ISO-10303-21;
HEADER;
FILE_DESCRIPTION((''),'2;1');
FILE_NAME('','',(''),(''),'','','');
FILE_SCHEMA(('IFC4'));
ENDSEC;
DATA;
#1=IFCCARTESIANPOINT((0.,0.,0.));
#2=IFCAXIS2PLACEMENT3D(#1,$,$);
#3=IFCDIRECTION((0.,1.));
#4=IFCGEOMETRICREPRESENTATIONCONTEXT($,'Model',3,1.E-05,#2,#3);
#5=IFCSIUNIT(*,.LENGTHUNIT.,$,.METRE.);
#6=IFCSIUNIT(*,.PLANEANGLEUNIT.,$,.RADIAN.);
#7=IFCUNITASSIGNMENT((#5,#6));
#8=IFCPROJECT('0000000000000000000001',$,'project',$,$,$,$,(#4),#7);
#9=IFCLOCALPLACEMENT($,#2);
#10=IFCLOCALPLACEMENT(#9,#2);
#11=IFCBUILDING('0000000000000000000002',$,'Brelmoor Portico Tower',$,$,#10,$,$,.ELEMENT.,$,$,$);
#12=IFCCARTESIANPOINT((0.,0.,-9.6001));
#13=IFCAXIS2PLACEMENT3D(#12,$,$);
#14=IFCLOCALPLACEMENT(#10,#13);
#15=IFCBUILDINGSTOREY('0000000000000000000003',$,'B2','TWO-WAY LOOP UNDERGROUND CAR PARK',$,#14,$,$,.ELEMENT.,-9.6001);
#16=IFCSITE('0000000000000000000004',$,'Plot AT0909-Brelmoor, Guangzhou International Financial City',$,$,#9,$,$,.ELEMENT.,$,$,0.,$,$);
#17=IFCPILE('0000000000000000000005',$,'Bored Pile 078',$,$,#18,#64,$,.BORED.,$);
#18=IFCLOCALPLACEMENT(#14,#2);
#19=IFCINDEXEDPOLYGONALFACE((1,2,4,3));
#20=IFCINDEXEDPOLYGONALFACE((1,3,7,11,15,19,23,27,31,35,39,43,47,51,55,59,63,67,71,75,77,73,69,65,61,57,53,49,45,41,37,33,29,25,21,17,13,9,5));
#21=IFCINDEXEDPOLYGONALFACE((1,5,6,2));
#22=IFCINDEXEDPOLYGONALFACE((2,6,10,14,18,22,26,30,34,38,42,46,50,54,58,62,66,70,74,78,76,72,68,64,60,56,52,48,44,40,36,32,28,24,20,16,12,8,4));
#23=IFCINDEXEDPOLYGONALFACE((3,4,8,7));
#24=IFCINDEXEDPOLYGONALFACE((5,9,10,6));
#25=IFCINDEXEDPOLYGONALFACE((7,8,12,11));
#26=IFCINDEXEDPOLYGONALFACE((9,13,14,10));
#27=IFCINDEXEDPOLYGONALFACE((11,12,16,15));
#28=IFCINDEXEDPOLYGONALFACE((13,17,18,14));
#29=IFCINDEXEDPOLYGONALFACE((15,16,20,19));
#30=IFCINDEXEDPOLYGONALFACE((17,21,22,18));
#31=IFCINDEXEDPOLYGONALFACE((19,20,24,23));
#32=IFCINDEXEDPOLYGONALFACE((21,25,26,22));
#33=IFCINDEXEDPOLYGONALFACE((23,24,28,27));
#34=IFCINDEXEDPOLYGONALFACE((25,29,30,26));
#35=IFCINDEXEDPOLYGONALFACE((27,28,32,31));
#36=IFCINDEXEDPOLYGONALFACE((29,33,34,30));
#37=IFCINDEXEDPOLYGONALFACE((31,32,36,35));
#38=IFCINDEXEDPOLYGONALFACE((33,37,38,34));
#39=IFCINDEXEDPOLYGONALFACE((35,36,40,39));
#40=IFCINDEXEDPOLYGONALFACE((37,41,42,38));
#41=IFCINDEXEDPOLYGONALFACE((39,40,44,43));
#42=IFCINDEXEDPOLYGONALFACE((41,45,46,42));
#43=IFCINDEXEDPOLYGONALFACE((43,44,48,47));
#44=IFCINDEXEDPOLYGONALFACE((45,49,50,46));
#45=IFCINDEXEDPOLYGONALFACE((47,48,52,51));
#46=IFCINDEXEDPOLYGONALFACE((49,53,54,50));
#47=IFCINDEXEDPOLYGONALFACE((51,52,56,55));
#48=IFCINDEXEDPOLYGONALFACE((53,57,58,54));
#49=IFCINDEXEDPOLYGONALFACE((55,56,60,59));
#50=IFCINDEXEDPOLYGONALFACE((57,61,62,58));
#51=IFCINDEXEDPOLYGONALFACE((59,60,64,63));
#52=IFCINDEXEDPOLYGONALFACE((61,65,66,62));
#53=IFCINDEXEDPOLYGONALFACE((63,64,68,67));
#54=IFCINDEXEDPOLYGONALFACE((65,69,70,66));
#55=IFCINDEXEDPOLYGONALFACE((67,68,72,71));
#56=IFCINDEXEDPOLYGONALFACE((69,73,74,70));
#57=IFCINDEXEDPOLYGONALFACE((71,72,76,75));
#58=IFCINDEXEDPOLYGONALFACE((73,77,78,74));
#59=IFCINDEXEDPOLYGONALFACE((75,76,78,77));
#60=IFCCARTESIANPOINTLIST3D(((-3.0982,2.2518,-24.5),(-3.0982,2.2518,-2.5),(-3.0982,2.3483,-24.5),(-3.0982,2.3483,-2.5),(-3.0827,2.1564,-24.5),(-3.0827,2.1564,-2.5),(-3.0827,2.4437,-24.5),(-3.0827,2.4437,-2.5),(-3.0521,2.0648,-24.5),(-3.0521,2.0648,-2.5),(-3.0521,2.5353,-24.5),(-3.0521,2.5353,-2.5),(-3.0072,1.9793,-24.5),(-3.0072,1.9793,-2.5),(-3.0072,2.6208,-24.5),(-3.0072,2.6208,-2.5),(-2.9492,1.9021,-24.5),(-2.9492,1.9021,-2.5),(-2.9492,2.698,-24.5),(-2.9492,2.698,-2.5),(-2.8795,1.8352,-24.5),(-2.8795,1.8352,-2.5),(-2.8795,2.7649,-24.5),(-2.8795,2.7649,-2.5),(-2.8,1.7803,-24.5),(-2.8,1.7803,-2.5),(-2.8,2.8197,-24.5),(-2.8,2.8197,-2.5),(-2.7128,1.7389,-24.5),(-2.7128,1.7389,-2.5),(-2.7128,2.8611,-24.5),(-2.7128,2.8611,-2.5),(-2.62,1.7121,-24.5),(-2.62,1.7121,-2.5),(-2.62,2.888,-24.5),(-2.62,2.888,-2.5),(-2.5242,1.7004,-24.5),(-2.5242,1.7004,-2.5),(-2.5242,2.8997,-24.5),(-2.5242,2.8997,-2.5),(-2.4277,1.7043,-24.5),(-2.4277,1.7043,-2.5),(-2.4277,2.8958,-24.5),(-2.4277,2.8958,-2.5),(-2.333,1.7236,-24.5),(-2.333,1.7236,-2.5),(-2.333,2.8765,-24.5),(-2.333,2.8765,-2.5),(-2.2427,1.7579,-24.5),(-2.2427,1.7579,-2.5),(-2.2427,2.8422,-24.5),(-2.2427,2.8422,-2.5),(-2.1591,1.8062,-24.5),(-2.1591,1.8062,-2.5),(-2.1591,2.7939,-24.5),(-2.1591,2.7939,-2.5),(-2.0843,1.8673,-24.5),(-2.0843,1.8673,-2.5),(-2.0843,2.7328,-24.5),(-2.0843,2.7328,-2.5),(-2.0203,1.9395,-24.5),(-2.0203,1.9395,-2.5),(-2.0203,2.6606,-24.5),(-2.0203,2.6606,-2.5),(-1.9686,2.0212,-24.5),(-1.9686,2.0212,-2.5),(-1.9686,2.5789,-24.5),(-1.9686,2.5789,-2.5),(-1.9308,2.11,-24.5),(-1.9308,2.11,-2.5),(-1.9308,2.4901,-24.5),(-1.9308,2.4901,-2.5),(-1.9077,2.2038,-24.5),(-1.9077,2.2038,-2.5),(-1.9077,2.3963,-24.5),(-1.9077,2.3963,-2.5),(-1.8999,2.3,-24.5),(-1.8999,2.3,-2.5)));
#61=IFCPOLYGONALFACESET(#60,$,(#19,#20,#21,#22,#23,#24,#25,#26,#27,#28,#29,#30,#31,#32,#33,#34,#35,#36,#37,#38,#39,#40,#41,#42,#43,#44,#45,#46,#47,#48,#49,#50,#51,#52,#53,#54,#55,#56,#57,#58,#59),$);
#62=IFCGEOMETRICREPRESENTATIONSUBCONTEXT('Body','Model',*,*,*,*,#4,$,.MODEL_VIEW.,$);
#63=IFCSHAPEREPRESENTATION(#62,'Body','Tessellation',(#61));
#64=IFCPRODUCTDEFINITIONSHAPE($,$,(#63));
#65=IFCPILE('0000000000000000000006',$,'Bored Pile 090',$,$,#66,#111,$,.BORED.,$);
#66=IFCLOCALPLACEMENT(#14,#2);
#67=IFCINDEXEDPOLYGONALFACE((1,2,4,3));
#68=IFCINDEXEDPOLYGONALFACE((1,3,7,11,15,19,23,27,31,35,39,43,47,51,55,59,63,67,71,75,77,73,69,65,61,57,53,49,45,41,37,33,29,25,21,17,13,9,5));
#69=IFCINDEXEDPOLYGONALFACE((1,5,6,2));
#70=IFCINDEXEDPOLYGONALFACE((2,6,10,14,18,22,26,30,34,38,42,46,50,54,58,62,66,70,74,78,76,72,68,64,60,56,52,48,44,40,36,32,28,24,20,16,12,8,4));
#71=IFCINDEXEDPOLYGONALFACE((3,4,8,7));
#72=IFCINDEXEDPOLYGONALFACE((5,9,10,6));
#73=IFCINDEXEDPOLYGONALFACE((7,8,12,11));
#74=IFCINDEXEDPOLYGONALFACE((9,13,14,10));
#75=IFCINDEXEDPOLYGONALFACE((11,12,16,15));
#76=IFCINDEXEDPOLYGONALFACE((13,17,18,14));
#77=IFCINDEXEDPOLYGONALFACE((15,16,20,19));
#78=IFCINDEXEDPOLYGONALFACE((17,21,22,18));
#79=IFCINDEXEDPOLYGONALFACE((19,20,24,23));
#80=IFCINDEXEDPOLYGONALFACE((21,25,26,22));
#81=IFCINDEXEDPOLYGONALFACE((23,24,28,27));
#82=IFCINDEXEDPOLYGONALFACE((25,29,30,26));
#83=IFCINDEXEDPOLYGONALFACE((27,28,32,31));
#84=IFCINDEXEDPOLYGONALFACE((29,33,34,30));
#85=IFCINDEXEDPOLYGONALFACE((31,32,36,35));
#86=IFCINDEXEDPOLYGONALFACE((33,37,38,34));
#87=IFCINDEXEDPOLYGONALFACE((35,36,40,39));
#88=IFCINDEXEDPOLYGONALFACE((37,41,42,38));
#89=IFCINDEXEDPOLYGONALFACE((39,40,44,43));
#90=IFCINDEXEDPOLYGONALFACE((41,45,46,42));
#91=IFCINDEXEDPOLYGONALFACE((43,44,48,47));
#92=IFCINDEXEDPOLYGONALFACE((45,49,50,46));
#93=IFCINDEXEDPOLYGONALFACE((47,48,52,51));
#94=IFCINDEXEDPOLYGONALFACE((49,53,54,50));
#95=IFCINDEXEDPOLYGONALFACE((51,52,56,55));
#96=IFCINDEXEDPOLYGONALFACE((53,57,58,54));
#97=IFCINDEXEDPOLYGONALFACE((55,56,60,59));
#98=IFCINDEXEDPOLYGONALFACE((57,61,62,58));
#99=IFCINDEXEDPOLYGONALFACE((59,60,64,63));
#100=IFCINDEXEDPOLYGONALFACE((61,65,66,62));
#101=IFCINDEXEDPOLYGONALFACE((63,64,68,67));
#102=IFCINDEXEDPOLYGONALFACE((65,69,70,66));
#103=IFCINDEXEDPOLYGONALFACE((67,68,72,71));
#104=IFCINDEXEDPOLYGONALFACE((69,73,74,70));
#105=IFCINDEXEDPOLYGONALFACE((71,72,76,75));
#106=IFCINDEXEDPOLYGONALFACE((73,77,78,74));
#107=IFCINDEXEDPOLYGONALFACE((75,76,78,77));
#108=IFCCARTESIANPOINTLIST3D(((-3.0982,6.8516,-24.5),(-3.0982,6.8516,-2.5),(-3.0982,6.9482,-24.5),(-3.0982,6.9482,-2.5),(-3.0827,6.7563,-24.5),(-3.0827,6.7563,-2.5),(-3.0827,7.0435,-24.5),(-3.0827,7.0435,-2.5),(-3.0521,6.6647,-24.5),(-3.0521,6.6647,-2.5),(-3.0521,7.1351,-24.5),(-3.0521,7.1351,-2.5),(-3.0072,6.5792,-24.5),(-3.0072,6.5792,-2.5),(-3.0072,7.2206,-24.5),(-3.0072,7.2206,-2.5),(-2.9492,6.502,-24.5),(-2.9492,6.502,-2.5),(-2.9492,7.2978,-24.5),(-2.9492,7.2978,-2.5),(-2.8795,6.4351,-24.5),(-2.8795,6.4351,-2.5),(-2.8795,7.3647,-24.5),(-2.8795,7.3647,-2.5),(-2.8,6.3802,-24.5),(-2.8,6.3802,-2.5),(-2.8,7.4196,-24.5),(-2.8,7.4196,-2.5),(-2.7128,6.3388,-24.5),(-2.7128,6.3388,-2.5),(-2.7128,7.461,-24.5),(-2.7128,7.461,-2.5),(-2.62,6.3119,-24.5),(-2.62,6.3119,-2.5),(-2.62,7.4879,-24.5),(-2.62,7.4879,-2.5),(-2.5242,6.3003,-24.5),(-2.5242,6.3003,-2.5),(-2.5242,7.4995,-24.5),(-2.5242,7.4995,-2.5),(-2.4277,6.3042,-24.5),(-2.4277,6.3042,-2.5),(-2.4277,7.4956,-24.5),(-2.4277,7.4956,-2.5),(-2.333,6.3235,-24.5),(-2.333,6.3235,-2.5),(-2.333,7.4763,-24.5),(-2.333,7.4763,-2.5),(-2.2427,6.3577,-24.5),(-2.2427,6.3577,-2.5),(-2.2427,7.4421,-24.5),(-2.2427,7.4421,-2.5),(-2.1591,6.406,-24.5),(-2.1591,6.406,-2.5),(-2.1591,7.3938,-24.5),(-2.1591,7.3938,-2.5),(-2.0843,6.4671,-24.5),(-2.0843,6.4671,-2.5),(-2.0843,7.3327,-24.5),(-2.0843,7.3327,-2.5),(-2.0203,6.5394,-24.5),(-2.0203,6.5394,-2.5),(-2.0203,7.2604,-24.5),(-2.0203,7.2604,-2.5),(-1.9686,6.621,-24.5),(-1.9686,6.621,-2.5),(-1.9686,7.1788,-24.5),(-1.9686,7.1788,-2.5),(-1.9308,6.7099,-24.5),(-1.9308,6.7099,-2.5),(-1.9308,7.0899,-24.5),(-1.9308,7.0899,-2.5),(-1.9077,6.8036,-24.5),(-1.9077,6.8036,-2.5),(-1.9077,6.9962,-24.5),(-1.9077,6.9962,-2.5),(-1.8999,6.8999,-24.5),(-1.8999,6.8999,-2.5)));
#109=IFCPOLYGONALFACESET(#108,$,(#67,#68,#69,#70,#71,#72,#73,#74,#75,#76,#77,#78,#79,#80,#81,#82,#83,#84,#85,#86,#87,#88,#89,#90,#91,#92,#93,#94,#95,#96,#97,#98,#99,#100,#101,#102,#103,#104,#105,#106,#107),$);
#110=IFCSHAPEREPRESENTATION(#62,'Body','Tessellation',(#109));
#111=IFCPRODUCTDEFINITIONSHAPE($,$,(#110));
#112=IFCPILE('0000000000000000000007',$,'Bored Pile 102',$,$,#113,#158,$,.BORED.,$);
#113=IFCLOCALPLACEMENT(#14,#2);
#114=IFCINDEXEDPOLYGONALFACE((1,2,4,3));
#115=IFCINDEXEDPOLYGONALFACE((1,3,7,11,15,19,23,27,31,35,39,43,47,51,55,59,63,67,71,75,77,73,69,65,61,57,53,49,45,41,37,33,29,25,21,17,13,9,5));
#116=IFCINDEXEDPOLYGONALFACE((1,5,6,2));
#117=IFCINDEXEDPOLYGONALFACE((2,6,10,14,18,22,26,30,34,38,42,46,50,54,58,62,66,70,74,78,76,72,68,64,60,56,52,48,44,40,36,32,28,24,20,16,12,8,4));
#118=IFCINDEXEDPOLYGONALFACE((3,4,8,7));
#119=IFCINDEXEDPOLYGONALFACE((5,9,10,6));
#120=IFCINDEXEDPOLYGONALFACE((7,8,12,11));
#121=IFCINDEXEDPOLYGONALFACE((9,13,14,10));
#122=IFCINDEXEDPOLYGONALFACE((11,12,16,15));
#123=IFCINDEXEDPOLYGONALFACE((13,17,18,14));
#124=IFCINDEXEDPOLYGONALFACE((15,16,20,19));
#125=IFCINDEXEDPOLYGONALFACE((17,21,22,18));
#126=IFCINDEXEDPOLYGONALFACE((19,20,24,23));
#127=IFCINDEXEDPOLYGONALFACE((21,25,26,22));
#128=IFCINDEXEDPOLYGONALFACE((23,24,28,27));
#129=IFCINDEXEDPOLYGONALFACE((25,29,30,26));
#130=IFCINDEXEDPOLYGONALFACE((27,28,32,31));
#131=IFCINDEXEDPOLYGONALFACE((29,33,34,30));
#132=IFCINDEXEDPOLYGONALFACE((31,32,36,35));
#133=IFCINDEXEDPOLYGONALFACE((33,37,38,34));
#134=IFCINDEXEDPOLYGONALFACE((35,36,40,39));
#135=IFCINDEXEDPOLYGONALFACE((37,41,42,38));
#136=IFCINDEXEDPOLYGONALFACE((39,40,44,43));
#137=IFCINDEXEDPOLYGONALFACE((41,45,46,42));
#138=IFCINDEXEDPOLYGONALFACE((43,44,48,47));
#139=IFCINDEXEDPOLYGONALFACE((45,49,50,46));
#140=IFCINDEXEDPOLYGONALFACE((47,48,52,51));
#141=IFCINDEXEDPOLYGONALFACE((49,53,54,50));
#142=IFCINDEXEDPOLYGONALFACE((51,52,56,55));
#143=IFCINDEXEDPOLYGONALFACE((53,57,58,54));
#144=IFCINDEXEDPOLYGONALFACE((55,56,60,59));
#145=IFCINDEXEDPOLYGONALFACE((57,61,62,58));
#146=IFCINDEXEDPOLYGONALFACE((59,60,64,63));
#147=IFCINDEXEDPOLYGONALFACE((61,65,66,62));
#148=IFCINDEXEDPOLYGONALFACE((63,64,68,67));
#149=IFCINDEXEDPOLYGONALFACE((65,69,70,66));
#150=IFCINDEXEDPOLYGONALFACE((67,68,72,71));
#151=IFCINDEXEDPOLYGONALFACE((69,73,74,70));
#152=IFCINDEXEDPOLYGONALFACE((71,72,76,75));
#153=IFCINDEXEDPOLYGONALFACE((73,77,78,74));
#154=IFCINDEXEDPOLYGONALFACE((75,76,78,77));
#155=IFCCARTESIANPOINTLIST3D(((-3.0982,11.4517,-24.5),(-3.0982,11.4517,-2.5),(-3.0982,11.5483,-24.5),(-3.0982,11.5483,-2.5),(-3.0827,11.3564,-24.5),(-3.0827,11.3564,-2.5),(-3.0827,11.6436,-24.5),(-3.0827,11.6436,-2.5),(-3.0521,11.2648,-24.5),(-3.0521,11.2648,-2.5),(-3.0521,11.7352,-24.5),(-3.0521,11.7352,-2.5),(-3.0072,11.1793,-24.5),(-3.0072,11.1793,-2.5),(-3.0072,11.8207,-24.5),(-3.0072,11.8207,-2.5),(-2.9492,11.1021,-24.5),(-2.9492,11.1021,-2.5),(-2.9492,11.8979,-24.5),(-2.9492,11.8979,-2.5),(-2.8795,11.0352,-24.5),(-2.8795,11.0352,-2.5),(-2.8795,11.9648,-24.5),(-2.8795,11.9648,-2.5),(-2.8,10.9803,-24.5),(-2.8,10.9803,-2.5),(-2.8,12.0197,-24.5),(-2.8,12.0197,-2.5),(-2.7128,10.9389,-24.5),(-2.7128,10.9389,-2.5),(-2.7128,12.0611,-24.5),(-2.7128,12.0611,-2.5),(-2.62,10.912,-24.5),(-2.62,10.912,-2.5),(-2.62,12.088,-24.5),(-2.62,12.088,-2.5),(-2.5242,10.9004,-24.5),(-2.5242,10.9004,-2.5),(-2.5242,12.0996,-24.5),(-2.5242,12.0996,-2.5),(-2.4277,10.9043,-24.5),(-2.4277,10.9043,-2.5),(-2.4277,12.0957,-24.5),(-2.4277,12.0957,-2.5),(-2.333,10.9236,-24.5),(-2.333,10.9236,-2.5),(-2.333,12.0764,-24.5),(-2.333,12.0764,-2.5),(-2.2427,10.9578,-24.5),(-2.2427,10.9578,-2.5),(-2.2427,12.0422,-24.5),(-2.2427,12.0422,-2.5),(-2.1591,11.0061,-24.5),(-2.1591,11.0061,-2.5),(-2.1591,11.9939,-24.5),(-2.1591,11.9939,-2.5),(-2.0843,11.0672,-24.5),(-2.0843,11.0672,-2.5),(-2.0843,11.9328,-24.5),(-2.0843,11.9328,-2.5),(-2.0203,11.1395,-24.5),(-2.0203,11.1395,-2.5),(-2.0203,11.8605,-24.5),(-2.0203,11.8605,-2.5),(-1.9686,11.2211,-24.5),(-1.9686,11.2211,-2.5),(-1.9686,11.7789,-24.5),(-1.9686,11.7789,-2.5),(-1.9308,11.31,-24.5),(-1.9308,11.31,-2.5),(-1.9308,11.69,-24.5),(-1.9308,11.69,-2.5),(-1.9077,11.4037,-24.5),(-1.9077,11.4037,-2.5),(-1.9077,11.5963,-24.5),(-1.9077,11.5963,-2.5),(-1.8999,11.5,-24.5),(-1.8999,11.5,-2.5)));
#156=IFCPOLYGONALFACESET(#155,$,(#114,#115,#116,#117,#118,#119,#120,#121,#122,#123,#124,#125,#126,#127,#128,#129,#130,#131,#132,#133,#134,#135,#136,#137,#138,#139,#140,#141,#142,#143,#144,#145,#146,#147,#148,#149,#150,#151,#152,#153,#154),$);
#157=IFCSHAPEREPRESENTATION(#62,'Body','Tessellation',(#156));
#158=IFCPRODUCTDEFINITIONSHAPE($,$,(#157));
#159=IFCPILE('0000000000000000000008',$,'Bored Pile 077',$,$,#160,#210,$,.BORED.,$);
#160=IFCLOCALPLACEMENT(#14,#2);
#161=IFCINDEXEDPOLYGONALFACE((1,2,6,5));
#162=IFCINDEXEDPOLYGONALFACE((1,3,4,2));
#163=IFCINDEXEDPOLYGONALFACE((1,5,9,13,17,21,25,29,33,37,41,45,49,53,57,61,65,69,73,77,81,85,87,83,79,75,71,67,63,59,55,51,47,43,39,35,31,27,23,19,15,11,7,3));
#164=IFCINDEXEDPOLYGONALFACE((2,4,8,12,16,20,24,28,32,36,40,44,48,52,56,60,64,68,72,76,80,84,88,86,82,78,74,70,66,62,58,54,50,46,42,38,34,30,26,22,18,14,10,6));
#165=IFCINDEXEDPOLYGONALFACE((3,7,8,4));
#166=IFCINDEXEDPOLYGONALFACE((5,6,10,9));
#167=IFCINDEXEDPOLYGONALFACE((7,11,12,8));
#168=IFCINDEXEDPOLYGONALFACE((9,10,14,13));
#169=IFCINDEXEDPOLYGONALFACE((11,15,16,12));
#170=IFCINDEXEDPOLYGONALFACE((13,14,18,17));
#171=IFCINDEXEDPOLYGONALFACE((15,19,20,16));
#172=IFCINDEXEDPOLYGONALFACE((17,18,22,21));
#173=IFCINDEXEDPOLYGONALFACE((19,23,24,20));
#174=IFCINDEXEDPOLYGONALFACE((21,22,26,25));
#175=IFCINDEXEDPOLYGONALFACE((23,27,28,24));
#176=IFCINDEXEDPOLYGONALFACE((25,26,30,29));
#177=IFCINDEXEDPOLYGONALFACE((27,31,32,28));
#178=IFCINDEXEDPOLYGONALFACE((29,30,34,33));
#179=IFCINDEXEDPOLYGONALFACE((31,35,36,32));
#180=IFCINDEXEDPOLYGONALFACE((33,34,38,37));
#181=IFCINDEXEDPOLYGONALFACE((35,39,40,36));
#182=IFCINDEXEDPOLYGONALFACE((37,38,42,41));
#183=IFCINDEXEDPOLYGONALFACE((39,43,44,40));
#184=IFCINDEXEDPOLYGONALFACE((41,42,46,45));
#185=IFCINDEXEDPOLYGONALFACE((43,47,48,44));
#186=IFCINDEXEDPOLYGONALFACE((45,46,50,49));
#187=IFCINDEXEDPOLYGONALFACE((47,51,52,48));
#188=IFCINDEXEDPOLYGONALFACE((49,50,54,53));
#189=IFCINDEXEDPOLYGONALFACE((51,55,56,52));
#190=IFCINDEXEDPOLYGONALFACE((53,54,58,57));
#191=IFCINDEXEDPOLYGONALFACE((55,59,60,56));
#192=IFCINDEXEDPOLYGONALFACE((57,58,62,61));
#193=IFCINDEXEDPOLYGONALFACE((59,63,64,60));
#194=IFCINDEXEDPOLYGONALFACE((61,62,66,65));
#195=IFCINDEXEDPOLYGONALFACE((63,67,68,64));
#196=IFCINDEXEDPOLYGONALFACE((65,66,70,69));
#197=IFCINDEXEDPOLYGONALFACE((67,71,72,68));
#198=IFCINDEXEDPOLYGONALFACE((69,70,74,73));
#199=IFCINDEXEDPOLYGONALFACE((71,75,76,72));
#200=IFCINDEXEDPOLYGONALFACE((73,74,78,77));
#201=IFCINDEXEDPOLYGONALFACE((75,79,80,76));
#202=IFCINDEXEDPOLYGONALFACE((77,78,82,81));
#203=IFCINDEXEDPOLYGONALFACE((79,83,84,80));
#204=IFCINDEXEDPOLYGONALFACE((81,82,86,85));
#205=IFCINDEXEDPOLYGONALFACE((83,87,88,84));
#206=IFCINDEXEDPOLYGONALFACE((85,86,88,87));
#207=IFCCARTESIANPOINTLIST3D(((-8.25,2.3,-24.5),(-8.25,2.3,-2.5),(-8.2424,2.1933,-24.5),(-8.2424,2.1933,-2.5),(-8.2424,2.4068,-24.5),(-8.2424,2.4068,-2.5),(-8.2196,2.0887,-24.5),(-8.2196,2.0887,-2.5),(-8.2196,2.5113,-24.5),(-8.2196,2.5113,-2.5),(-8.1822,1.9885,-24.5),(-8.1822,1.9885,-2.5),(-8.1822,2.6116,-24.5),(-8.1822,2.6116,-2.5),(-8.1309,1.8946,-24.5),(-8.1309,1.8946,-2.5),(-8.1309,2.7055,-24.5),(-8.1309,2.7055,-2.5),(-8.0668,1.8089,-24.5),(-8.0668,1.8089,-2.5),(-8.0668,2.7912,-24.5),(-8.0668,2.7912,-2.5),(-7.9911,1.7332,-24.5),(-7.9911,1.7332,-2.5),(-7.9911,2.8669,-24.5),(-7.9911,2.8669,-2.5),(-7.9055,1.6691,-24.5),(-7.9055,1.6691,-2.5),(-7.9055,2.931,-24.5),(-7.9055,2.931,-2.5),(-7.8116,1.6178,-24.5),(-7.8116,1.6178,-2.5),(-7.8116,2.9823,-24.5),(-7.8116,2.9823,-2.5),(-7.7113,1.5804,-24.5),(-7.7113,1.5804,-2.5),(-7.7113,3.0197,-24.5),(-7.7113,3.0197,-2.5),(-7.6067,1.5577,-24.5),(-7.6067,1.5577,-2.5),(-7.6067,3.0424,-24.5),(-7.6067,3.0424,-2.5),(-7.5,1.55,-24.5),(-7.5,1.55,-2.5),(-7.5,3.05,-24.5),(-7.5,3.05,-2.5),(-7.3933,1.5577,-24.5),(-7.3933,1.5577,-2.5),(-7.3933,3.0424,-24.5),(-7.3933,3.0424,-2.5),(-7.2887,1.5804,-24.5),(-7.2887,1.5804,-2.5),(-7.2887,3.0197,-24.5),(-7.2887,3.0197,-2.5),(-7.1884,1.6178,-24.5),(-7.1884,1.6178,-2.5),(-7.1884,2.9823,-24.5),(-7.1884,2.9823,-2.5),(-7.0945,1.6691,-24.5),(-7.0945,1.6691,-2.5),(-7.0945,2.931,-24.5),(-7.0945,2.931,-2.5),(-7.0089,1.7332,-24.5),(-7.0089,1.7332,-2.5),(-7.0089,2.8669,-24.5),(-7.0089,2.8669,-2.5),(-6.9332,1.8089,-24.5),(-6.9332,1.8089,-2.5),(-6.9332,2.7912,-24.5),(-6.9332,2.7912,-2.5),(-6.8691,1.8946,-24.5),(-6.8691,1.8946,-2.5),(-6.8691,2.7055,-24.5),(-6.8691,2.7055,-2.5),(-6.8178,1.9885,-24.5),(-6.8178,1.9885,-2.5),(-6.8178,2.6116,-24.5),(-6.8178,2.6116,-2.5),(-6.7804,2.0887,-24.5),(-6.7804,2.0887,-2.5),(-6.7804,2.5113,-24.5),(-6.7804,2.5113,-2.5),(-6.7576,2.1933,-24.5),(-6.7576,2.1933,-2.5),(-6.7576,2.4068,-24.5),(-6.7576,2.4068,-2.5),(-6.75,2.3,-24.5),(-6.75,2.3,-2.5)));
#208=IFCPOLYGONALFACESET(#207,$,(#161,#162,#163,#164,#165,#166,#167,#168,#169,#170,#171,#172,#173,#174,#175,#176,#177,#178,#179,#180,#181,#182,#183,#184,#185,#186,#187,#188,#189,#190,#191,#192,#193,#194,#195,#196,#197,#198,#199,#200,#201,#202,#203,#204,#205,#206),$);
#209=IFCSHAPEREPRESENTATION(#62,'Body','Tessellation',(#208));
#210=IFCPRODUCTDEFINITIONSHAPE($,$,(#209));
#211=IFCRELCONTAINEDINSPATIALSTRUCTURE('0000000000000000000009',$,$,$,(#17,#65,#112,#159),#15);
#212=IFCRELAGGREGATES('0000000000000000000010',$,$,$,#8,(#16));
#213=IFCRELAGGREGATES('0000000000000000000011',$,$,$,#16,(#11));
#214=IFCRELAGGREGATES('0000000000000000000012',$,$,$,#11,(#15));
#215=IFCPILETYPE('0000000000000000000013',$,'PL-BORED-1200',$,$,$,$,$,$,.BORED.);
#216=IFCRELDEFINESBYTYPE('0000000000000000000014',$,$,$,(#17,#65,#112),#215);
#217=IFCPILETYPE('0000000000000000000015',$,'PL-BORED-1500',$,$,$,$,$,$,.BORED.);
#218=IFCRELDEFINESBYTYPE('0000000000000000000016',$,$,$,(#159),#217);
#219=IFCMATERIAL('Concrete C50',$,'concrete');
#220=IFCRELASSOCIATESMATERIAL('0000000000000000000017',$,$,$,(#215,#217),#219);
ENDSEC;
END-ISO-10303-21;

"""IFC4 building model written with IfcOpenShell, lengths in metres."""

from ifc_helpers import new_model, si_unit, direction, frame, origin, origin_2d, place, context, subcontext, project, spatial, circle, extrude, material, material_profile, profile_set, type_object, element, save


model = new_model("IFC4")

# Units and contexts
model_context = context("Model", 3, precision=1e-05, world=origin(), true_north=direction((0.0, 1.0)))
body_context = subcontext(model_context, "Body", "Model", "MODEL_VIEW")
ifc_project = project(units=[si_unit("LENGTHUNIT", "METRE"), si_unit("PLANEANGLEUNIT", "RADIAN")], contexts=[model_context])

# Site, building, storey
site_placement = place(None, origin())
site = spatial("IfcSite", under=ifc_project, at=site_placement, Name="Plot AT0909-Brelmoor, Guangzhou International Financial City", CompositionType="ELEMENT", RefElevation=0.0)
building_placement = place(site_placement, origin())
building = spatial("IfcBuilding", under=site, at=building_placement, Name="Brelmoor Portico Tower", CompositionType="ELEMENT")
storey_placement = place(building_placement, frame((0.0, 0.0, -9.6001)))
storey = spatial("IfcBuildingStorey", under=building, at=storey_placement, Name="B2", Description="TWO-WAY LOOP UNDERGROUND CAR PARK", CompositionType="ELEMENT", Elevation=-9.6001)

# Piles
ifc_material_1 = material(Name="Concrete C50", Category="concrete")
ifc_material_profile_1 = material_profile(ifc_material_1, circle(Radius=0.6001, at=origin_2d()), Name="BORED PILE D1200")
ifc_profile_set_1 = profile_set([ifc_material_profile_1], Name="Concrete C50")
pile_type_1 = type_object("IfcPileType", Name="PL-BORED-1200", PredefinedType="BORED", material=ifc_profile_set_1)
for number, where, z_axis, x_axis, name in (
    (1, (-2.5, 2.3, -2.5), (0.0, 0.0, -1.0), (1.0, 0.0, 0.0), "Bored Pile 078"),
    (2, (-2.5, 6.8999, -2.5), (0.0, 0.0, -1.0), (1.0, 0.0, 0.0), "Bored Pile 090"),
    (3, (-2.5, 11.5, -2.5), (0.0, 0.0, -1.0), (1.0, 0.0, 0.0), "Bored Pile 102"),
):
    element("IfcPile", number, at=place(storey_placement, frame(where, z_axis=z_axis, x_axis=x_axis)), inside=storey, type_object=pile_type_1, Name=name, PredefinedType="BORED", context=body_context, shape_type="SweptSolid", body=[
        extrude(circle(Radius=0.6001, at=origin_2d()), origin(), (0.0, 0.0, 1.0), 22.0),
    ])
ifc_material_profile_2 = material_profile(ifc_material_1, circle(Radius=0.75, at=origin_2d()), Name="BORED PILE D1500")
ifc_profile_set_2 = profile_set([ifc_material_profile_2], Name="Concrete C50")
pile_type_2 = type_object("IfcPileType", Name="PL-BORED-1500", PredefinedType="BORED", material=ifc_profile_set_2)
for number, where, z_axis, x_axis, name in (
    (4, (-7.5, 2.3, -2.5), (0.0, 0.0, -1.0), (1.0, 0.0, 0.0), "Bored Pile 077"),
):
    element("IfcPile", number, at=place(storey_placement, frame(where, z_axis=z_axis, x_axis=x_axis)), inside=storey, type_object=pile_type_2, Name=name, PredefinedType="BORED", context=body_context, shape_type="SweptSolid", body=[
        extrude(circle(Radius=0.75, at=origin_2d()), origin(), (0.0, 0.0, 1.0), 22.0),
    ])

save(model, "model.ifc")
